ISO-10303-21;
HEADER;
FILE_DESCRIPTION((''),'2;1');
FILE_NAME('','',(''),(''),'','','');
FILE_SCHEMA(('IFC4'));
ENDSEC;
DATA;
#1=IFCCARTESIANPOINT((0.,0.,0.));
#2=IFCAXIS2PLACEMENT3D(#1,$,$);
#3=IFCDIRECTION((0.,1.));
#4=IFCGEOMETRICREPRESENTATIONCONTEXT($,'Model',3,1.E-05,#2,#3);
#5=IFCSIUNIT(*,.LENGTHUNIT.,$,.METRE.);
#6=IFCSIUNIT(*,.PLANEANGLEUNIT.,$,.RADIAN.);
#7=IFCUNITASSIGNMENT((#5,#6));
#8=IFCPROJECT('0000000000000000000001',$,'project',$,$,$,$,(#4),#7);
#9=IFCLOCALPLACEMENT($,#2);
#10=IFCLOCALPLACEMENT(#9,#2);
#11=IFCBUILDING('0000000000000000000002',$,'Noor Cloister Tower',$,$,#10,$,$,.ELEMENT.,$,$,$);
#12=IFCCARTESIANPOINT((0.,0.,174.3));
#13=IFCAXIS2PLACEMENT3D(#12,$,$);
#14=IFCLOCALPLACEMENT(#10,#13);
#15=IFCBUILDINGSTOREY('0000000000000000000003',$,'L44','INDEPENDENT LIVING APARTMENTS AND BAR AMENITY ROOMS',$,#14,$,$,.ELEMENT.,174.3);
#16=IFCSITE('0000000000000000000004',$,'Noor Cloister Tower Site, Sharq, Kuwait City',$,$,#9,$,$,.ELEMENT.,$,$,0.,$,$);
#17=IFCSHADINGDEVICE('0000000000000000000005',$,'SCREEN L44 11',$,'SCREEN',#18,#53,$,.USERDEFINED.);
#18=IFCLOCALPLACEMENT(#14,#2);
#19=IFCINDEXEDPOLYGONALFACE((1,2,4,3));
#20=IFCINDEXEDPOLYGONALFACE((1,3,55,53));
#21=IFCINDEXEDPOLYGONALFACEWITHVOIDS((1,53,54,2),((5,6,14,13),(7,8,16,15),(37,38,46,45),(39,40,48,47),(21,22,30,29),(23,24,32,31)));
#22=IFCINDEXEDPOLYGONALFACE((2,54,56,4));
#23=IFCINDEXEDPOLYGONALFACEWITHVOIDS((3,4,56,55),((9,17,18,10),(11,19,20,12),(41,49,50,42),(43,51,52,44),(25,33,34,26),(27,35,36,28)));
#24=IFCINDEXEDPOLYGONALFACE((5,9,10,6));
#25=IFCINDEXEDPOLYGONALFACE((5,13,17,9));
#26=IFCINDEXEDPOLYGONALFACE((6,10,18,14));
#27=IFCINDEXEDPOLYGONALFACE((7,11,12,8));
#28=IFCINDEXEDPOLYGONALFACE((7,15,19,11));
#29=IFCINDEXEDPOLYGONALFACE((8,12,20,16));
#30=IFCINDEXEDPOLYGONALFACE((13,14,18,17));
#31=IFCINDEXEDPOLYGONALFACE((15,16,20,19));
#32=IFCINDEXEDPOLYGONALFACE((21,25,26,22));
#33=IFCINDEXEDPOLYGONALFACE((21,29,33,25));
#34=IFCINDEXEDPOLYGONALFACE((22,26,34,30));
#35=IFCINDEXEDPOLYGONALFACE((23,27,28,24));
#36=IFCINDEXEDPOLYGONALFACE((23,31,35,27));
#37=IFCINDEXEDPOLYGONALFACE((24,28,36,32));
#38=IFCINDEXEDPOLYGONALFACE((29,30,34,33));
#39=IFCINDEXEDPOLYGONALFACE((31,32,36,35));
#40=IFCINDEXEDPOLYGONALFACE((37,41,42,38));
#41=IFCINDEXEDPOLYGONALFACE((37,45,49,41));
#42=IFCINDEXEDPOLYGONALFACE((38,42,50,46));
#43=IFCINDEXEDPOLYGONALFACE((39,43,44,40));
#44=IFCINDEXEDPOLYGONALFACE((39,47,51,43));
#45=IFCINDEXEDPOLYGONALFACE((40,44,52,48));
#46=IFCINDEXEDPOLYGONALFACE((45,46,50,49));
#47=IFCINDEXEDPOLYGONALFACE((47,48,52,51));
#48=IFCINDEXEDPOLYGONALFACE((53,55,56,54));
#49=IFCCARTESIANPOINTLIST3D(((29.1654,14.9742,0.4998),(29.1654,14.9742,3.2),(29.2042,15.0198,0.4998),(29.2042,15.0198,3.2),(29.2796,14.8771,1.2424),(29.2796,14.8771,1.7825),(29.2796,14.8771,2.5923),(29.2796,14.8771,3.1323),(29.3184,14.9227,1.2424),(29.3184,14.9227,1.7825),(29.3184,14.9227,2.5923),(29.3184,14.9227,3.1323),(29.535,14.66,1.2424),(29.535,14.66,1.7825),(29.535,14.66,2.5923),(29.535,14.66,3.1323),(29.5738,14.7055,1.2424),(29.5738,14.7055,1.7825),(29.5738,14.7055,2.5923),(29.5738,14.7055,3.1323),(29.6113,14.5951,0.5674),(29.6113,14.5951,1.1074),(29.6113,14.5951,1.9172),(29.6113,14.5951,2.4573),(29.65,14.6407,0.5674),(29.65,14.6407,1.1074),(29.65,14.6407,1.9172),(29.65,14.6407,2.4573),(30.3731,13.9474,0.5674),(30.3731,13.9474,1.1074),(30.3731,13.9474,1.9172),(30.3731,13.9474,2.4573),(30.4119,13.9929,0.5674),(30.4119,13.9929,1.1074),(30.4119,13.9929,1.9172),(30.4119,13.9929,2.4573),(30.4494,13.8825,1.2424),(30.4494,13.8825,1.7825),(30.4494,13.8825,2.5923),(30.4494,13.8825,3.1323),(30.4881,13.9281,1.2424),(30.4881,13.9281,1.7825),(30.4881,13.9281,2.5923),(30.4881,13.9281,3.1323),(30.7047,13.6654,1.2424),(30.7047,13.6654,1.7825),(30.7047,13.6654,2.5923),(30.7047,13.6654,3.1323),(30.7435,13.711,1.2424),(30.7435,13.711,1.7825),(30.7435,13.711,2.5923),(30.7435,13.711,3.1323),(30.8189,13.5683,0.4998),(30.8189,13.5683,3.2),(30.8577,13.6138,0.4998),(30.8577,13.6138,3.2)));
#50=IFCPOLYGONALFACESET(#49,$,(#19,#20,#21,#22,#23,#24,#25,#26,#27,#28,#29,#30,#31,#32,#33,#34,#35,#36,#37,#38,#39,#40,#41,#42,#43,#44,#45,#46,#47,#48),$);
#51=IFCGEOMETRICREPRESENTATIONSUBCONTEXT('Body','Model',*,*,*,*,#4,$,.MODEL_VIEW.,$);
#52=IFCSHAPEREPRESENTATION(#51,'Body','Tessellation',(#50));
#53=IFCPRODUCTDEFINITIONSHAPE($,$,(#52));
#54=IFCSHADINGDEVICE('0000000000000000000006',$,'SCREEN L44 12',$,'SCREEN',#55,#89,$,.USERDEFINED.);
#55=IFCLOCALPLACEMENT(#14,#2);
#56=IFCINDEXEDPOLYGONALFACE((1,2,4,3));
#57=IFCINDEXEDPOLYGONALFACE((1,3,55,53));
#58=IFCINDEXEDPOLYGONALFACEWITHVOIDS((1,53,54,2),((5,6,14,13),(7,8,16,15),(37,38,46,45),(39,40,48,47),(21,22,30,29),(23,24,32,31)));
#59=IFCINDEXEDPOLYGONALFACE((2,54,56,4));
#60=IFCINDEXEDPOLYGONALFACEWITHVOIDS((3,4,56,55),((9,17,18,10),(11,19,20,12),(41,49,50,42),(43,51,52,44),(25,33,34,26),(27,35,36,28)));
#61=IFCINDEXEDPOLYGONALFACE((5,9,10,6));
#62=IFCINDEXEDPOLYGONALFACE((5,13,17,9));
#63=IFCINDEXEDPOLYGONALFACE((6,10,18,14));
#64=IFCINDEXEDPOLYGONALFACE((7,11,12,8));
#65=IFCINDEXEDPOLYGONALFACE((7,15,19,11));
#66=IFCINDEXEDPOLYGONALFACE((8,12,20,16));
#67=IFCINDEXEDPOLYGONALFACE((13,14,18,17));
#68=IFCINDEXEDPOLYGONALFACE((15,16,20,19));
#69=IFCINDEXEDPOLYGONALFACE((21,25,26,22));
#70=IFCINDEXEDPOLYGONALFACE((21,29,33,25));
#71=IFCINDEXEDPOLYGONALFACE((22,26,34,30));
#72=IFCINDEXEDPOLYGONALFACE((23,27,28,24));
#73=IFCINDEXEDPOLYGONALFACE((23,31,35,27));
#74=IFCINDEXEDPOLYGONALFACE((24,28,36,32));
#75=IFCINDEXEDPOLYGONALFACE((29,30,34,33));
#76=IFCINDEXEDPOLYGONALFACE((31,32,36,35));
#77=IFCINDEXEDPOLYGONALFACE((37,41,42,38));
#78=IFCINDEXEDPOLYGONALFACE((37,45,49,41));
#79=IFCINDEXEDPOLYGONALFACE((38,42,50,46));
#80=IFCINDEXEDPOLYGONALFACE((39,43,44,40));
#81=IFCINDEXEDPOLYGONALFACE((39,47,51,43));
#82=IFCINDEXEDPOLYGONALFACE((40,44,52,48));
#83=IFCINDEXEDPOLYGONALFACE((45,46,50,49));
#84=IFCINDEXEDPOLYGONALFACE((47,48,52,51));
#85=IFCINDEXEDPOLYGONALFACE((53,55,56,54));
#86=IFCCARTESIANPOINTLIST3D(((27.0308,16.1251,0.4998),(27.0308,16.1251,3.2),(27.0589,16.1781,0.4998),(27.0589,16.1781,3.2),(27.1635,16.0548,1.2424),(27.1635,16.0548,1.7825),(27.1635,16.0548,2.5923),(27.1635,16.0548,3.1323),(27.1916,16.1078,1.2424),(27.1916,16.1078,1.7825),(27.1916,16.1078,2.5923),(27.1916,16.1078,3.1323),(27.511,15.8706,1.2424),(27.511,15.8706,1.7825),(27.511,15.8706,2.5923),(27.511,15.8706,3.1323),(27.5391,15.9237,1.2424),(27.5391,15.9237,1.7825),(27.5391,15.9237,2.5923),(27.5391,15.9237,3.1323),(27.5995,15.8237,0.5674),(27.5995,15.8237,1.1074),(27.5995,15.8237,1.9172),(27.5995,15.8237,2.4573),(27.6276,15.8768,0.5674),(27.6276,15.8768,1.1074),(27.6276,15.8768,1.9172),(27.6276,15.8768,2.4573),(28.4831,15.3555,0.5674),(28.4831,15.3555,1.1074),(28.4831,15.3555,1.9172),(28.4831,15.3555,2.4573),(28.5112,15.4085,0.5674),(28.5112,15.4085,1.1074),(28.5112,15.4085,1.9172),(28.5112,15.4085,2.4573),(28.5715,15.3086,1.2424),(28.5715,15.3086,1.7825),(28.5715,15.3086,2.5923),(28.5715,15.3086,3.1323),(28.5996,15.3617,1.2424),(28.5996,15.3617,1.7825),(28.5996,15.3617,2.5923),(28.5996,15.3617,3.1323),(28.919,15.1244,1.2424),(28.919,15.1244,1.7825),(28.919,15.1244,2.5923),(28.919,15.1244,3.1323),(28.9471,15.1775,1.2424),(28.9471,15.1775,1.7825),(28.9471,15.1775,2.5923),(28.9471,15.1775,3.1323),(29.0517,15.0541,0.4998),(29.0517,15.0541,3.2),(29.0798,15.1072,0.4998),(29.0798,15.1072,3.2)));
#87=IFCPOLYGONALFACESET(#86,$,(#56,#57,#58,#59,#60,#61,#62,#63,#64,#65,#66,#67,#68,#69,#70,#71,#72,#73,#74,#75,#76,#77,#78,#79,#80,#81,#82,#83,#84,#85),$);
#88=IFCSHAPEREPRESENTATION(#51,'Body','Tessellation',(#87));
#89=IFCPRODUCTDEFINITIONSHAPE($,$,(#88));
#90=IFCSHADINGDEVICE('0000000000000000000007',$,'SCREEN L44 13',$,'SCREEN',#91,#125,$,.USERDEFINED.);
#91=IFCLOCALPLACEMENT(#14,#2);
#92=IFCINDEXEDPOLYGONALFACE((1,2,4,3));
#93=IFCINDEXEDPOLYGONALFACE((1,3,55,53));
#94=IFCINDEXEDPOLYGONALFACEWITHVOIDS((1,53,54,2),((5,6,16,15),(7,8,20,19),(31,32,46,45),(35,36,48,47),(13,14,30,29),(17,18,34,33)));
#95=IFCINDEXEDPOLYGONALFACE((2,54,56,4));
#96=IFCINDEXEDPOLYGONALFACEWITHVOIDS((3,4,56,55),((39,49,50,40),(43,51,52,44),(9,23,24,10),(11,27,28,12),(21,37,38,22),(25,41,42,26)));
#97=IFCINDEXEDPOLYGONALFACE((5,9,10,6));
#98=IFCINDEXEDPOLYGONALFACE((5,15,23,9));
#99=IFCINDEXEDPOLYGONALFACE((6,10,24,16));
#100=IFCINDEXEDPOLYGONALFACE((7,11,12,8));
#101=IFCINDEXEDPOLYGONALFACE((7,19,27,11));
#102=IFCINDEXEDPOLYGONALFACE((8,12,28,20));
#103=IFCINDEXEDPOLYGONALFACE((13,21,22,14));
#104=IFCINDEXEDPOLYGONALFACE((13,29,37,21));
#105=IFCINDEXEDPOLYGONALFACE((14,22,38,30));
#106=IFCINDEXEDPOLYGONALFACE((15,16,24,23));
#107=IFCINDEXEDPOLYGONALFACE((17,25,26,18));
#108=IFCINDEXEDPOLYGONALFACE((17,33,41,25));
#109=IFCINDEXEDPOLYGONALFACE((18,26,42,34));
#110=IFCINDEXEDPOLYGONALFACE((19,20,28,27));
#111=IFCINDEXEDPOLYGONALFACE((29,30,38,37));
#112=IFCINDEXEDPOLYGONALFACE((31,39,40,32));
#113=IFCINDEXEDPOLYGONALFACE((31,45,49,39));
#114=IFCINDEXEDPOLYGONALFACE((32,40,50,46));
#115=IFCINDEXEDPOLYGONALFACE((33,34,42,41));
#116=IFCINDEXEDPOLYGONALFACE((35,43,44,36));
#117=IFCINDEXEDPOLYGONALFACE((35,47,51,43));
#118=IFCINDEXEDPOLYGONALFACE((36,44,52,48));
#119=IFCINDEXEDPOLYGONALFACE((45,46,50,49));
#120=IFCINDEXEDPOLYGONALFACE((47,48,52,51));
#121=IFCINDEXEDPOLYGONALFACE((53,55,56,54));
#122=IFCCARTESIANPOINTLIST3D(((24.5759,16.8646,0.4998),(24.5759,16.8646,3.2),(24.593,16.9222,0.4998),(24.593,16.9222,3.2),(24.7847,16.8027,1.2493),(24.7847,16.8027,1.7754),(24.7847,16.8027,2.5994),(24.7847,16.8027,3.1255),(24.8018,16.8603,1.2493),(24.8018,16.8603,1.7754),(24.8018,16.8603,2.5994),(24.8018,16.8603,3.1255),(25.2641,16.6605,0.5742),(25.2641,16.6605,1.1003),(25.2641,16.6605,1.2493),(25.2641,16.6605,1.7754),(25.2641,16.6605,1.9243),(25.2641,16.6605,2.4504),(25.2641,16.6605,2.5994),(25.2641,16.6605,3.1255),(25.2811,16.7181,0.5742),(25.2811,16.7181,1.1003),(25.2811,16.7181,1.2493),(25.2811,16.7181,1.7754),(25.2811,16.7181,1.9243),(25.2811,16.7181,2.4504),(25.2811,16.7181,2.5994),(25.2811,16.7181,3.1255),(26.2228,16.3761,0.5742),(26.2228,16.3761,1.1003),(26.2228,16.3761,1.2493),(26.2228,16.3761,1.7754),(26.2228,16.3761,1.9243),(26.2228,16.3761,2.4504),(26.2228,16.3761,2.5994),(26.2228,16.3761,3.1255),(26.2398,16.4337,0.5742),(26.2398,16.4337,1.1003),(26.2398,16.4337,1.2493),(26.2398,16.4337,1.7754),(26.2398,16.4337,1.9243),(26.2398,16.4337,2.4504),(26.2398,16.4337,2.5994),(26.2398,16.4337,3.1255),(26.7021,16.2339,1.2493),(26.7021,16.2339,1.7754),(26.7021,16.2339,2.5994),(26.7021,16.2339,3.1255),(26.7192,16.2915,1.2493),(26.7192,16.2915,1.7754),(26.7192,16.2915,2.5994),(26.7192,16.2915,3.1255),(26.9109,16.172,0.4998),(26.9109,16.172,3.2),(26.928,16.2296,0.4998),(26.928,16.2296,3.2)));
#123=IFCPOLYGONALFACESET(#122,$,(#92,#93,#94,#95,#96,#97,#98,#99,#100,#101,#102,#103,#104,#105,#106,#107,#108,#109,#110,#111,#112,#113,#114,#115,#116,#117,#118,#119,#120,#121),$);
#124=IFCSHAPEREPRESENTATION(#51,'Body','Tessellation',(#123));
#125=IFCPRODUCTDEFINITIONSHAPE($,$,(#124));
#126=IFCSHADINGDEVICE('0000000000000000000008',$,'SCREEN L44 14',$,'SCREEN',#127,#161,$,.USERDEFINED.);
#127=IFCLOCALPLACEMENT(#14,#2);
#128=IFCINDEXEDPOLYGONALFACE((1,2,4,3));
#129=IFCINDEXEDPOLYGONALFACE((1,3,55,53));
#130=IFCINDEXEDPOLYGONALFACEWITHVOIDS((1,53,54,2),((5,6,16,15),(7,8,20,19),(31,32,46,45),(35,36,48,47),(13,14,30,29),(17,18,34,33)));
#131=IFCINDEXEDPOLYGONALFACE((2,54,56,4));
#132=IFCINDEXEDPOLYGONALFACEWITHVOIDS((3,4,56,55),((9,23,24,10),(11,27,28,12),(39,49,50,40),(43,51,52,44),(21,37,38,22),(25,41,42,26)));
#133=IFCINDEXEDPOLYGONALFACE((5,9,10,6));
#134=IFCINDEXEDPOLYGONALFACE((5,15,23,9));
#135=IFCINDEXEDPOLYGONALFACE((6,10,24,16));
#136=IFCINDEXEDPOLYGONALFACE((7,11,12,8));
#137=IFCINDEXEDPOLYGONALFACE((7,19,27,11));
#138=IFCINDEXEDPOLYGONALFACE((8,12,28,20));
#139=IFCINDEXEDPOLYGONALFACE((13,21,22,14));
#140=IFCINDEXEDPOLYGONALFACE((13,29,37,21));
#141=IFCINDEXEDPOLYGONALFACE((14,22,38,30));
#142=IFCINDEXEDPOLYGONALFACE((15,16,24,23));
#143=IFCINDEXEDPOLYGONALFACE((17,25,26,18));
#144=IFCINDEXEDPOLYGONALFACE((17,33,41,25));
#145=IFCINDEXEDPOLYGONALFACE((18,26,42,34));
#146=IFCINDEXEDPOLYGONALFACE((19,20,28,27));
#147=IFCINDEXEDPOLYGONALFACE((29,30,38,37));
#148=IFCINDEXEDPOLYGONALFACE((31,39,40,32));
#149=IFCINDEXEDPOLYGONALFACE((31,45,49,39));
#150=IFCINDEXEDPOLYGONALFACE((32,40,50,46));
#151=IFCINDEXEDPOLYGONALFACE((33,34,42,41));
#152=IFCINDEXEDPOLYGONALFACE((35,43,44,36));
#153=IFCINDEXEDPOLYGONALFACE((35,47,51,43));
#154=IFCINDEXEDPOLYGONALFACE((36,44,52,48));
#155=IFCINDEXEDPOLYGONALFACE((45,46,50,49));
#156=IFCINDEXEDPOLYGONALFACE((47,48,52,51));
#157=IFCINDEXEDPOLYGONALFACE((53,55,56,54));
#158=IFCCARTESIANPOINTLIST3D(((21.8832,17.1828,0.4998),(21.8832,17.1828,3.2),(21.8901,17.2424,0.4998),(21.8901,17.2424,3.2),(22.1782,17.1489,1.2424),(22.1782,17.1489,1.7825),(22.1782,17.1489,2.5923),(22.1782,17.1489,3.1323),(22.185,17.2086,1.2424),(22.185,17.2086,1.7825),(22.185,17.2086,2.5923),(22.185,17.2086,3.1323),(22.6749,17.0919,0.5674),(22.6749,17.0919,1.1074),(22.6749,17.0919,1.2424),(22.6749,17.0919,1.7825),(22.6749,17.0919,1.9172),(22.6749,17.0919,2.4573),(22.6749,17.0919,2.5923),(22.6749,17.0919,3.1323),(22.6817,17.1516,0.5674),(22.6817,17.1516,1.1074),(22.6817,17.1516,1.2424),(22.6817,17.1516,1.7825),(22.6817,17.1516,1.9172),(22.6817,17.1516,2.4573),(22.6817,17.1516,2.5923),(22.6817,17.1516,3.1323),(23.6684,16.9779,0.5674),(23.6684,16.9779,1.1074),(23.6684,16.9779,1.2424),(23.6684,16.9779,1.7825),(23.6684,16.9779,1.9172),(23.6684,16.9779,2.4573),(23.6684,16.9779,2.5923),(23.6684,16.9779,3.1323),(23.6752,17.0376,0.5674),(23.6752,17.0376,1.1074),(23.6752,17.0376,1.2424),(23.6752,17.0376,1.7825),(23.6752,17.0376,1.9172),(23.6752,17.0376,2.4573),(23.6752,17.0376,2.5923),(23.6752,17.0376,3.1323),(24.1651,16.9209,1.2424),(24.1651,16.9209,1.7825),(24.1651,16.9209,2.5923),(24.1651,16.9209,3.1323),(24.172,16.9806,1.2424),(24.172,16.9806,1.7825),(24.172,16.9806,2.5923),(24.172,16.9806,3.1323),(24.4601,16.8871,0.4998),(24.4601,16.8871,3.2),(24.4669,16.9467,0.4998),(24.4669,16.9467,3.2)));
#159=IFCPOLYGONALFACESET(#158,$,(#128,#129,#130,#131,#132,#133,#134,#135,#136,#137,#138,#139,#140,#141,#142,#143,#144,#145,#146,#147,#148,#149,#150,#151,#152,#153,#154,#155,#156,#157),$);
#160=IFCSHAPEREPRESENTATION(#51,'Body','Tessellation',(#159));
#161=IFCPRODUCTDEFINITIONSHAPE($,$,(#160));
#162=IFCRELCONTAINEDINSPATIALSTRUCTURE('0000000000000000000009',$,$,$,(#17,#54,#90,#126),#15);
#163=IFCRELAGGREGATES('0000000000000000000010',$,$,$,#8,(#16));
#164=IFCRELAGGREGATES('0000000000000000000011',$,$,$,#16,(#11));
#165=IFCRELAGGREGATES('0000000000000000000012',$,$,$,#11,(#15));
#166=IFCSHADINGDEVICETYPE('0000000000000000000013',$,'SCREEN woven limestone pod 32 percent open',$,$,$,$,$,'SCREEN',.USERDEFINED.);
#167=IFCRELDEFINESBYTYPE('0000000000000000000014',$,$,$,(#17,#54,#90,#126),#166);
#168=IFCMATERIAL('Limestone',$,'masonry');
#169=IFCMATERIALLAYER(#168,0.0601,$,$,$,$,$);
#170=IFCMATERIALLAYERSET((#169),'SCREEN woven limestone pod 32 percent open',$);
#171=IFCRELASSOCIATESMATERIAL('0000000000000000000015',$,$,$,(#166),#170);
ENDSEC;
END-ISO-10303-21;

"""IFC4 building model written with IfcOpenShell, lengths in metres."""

from ifc_helpers import new_model, si_unit, direction, frame, origin, place, context, subcontext, project, spatial, polyline, outline, extrude, material, layer, layer_set, type_object, element, save


model = new_model("IFC4")

# Units and contexts
model_context = context("Model", 3, precision=1e-05, world=origin(), true_north=direction((0.0, 1.0)))
body_context = subcontext(model_context, "Body", "Model", "MODEL_VIEW")
ifc_project = project(units=[si_unit("LENGTHUNIT", "METRE"), si_unit("PLANEANGLEUNIT", "RADIAN")], contexts=[model_context])

# Site, building, storey
site_placement = place(None, origin())
site = spatial("IfcSite", under=ifc_project, at=site_placement, Name="Noor Cloister Tower Site, Sharq, Kuwait City", CompositionType="ELEMENT", RefElevation=0.0)
building_placement = place(site_placement, origin())
building = spatial("IfcBuilding", under=site, at=building_placement, Name="Noor Cloister Tower", CompositionType="ELEMENT")
storey_placement = place(building_placement, frame((0.0, 0.0, 174.3)))
storey = spatial("IfcBuildingStorey", under=building, at=storey_placement, Name="L44", Description="INDEPENDENT LIVING APARTMENTS AND BAR AMENITY ROOMS", CompositionType="ELEMENT", Elevation=174.3)

# Shading devices
ifc_material_1 = material(Name="Limestone", Category="masonry")
ifc_layer_1 = layer(ifc_material_1, 0.0601)
ifc_layer_set_1 = layer_set([ifc_layer_1], Name="SCREEN woven limestone pod 32 percent open")
shading_device_type = type_object("IfcShadingDeviceType", Name="SCREEN woven limestone pod 32 percent open", ElementType="SCREEN", PredefinedType="USERDEFINED", material=ifc_layer_set_1)
shading_device_1_placement = place(storey_placement, frame((29.9922, 14.2712, 1.8499), z_axis=(0.647767, 0.761839, 0.0), x_axis=(-0.761839, 0.647767, 0.0)))
element("IfcShadingDevice", 1, at=shading_device_1_placement, inside=storey, type_object=shading_device_type, Name="SCREEN L44 11", ObjectType="SCREEN", PredefinedType="USERDEFINED", context=body_context, shape_type="SweptSolid", body=[
    extrude(outline(polyline([(-1.0852, -1.3501), (1.0852, -1.3501), (1.0852, 1.3501), (-1.0852, 1.3501), (-1.0852, -1.3501)]), holes=[polyline([(-0.5, -1.2825), (0.5, -1.2825), (0.5, -0.7424), (-0.5, -0.7424), (-0.5, -1.2825)]), polyline([(0.6001, -0.6074), (0.9353, -0.6074), (0.9353, -0.0674), (0.6001, -0.0674), (0.6001, -0.6074)]), polyline([(-0.9353, -0.6074), (-0.6001, -0.6074), (-0.6001, -0.0674), (-0.9353, -0.0674), (-0.9353, -0.6074)]), polyline([(-0.5, 0.0674), (0.5, 0.0674), (0.5, 0.6074), (-0.5, 0.6074), (-0.5, 0.0674)]), polyline([(0.6001, 0.7424), (0.9353, 0.7424), (0.9353, 1.2825), (0.6001, 1.2825), (0.6001, 0.7424)]), polyline([(-0.9353, 0.7424), (-0.6001, 0.7424), (-0.6001, 1.2825), (-0.9353, 1.2825), (-0.9353, 0.7424)])]), origin(), (0.0, 0.0, 1.0), 0.0598),
])
shading_device_2_placement = place(storey_placement, frame((28.0413, 15.5896, 1.8499), z_axis=(0.468262, 0.88359, 0.0), x_axis=(-0.88359, 0.468262, 0.0)))
element("IfcShadingDevice", 2, at=shading_device_2_placement, inside=storey, type_object=shading_device_type, Name="SCREEN L44 12", ObjectType="SCREEN", PredefinedType="USERDEFINED", context=body_context, shape_type="SweptSolid", body=[
    extrude(outline(polyline([(-1.1436, -1.3501), (1.1436, -1.3501), (1.1436, 1.3501), (-1.1436, 1.3501), (-1.1436, -1.3501)]), holes=[polyline([(-0.5, -1.2825), (0.5, -1.2825), (0.5, -0.7424), (-0.5, -0.7424), (-0.5, -1.2825)]), polyline([(0.6001, -0.6074), (0.9934, -0.6074), (0.9934, -0.0674), (0.6001, -0.0674), (0.6001, -0.6074)]), polyline([(-0.9934, -0.6074), (-0.6001, -0.6074), (-0.6001, -0.0674), (-0.9934, -0.0674), (-0.9934, -0.6074)]), polyline([(-0.5, 0.0674), (0.5, 0.0674), (0.5, 0.6074), (-0.5, 0.6074), (-0.5, 0.0674)]), polyline([(0.6001, 0.7424), (0.9934, 0.7424), (0.9934, 1.2825), (0.6001, 1.2825), (0.6001, 0.7424)]), polyline([(-0.9934, 0.7424), (-0.6001, 0.7424), (-0.6001, 1.2825), (-0.9934, 1.2825), (-0.9934, 0.7424)])]), origin(), (0.0, 0.0, 1.0), 0.0601),
])
shading_device_3_placement = place(storey_placement, frame((25.7434, 16.5183, 1.8499), z_axis=(0.284365, 0.958716, 0.0), x_axis=(-0.958716, 0.284365, 0.0)))
element("IfcShadingDevice", 3, at=shading_device_3_placement, inside=storey, type_object=shading_device_type, Name="SCREEN L44 13", ObjectType="SCREEN", PredefinedType="USERDEFINED", context=body_context, shape_type="SweptSolid", body=[
    extrude(outline(polyline([(-1.2178, -1.3501), (1.2178, -1.3501), (1.2178, 1.3501), (-1.2178, 1.3501), (-1.2178, -1.3501)]), holes=[polyline([(-0.5, -1.2756), (0.5, -1.2756), (0.5, -0.7495), (-0.5, -0.7495), (-0.5, -1.2756)]), polyline([(-1.0, -0.6006), (-0.5, -0.6006), (-0.5, -0.0745), (-1.0, -0.0745), (-1.0, -0.6006)]), polyline([(0.5, -0.6006), (1.0, -0.6006), (1.0, -0.0745), (0.5, -0.0745), (0.5, -0.6006)]), polyline([(-0.5, 0.0745), (0.5, 0.0745), (0.5, 0.6006), (-0.5, 0.6006), (-0.5, 0.0745)]), polyline([(-1.0, 0.7495), (-0.5, 0.7495), (-0.5, 1.2756), (-1.0, 1.2756), (-1.0, 0.7495)]), polyline([(0.5, 0.7495), (1.0, 0.7495), (1.0, 1.2756), (0.5, 1.2756), (0.5, 0.7495)])]), origin(), (0.0, 0.0, 1.0), 0.0601),
])
shading_device_4_placement = place(storey_placement, frame((23.1716, 17.0349, 1.8499), z_axis=(0.114006, 0.99348, 0.0), x_axis=(-0.99348, 0.114006, 0.0)))
element("IfcShadingDevice", 4, at=shading_device_4_placement, inside=storey, type_object=shading_device_type, Name="SCREEN L44 14", ObjectType="SCREEN", PredefinedType="USERDEFINED", context=body_context, shape_type="SweptSolid", body=[
    extrude(outline(polyline([(-1.2969, -1.3501), (1.2969, -1.3501), (1.2969, 1.3501), (-1.2969, 1.3501), (-1.2969, -1.3501)]), holes=[polyline([(-0.5, -1.2825), (0.5, -1.2825), (0.5, -0.7424), (-0.5, -0.7424), (-0.5, -1.2825)]), polyline([(-1.0, -0.6074), (-0.5, -0.6074), (-0.5, -0.0674), (-1.0, -0.0674), (-1.0, -0.6074)]), polyline([(0.5, -0.6074), (1.0, -0.6074), (1.0, -0.0674), (0.5, -0.0674), (0.5, -0.6074)]), polyline([(-0.5, 0.0674), (0.5, 0.0674), (0.5, 0.6074), (-0.5, 0.6074), (-0.5, 0.0674)]), polyline([(-1.0, 0.7424), (-0.5, 0.7424), (-0.5, 1.2825), (-1.0, 1.2825), (-1.0, 0.7424)]), polyline([(0.5, 0.7424), (1.0, 0.7424), (1.0, 1.2825), (0.5, 1.2825), (0.5, 0.7424)])]), origin(), (0.0, 0.0, 1.0), 0.0601),
])

save(model, "model.ifc")
